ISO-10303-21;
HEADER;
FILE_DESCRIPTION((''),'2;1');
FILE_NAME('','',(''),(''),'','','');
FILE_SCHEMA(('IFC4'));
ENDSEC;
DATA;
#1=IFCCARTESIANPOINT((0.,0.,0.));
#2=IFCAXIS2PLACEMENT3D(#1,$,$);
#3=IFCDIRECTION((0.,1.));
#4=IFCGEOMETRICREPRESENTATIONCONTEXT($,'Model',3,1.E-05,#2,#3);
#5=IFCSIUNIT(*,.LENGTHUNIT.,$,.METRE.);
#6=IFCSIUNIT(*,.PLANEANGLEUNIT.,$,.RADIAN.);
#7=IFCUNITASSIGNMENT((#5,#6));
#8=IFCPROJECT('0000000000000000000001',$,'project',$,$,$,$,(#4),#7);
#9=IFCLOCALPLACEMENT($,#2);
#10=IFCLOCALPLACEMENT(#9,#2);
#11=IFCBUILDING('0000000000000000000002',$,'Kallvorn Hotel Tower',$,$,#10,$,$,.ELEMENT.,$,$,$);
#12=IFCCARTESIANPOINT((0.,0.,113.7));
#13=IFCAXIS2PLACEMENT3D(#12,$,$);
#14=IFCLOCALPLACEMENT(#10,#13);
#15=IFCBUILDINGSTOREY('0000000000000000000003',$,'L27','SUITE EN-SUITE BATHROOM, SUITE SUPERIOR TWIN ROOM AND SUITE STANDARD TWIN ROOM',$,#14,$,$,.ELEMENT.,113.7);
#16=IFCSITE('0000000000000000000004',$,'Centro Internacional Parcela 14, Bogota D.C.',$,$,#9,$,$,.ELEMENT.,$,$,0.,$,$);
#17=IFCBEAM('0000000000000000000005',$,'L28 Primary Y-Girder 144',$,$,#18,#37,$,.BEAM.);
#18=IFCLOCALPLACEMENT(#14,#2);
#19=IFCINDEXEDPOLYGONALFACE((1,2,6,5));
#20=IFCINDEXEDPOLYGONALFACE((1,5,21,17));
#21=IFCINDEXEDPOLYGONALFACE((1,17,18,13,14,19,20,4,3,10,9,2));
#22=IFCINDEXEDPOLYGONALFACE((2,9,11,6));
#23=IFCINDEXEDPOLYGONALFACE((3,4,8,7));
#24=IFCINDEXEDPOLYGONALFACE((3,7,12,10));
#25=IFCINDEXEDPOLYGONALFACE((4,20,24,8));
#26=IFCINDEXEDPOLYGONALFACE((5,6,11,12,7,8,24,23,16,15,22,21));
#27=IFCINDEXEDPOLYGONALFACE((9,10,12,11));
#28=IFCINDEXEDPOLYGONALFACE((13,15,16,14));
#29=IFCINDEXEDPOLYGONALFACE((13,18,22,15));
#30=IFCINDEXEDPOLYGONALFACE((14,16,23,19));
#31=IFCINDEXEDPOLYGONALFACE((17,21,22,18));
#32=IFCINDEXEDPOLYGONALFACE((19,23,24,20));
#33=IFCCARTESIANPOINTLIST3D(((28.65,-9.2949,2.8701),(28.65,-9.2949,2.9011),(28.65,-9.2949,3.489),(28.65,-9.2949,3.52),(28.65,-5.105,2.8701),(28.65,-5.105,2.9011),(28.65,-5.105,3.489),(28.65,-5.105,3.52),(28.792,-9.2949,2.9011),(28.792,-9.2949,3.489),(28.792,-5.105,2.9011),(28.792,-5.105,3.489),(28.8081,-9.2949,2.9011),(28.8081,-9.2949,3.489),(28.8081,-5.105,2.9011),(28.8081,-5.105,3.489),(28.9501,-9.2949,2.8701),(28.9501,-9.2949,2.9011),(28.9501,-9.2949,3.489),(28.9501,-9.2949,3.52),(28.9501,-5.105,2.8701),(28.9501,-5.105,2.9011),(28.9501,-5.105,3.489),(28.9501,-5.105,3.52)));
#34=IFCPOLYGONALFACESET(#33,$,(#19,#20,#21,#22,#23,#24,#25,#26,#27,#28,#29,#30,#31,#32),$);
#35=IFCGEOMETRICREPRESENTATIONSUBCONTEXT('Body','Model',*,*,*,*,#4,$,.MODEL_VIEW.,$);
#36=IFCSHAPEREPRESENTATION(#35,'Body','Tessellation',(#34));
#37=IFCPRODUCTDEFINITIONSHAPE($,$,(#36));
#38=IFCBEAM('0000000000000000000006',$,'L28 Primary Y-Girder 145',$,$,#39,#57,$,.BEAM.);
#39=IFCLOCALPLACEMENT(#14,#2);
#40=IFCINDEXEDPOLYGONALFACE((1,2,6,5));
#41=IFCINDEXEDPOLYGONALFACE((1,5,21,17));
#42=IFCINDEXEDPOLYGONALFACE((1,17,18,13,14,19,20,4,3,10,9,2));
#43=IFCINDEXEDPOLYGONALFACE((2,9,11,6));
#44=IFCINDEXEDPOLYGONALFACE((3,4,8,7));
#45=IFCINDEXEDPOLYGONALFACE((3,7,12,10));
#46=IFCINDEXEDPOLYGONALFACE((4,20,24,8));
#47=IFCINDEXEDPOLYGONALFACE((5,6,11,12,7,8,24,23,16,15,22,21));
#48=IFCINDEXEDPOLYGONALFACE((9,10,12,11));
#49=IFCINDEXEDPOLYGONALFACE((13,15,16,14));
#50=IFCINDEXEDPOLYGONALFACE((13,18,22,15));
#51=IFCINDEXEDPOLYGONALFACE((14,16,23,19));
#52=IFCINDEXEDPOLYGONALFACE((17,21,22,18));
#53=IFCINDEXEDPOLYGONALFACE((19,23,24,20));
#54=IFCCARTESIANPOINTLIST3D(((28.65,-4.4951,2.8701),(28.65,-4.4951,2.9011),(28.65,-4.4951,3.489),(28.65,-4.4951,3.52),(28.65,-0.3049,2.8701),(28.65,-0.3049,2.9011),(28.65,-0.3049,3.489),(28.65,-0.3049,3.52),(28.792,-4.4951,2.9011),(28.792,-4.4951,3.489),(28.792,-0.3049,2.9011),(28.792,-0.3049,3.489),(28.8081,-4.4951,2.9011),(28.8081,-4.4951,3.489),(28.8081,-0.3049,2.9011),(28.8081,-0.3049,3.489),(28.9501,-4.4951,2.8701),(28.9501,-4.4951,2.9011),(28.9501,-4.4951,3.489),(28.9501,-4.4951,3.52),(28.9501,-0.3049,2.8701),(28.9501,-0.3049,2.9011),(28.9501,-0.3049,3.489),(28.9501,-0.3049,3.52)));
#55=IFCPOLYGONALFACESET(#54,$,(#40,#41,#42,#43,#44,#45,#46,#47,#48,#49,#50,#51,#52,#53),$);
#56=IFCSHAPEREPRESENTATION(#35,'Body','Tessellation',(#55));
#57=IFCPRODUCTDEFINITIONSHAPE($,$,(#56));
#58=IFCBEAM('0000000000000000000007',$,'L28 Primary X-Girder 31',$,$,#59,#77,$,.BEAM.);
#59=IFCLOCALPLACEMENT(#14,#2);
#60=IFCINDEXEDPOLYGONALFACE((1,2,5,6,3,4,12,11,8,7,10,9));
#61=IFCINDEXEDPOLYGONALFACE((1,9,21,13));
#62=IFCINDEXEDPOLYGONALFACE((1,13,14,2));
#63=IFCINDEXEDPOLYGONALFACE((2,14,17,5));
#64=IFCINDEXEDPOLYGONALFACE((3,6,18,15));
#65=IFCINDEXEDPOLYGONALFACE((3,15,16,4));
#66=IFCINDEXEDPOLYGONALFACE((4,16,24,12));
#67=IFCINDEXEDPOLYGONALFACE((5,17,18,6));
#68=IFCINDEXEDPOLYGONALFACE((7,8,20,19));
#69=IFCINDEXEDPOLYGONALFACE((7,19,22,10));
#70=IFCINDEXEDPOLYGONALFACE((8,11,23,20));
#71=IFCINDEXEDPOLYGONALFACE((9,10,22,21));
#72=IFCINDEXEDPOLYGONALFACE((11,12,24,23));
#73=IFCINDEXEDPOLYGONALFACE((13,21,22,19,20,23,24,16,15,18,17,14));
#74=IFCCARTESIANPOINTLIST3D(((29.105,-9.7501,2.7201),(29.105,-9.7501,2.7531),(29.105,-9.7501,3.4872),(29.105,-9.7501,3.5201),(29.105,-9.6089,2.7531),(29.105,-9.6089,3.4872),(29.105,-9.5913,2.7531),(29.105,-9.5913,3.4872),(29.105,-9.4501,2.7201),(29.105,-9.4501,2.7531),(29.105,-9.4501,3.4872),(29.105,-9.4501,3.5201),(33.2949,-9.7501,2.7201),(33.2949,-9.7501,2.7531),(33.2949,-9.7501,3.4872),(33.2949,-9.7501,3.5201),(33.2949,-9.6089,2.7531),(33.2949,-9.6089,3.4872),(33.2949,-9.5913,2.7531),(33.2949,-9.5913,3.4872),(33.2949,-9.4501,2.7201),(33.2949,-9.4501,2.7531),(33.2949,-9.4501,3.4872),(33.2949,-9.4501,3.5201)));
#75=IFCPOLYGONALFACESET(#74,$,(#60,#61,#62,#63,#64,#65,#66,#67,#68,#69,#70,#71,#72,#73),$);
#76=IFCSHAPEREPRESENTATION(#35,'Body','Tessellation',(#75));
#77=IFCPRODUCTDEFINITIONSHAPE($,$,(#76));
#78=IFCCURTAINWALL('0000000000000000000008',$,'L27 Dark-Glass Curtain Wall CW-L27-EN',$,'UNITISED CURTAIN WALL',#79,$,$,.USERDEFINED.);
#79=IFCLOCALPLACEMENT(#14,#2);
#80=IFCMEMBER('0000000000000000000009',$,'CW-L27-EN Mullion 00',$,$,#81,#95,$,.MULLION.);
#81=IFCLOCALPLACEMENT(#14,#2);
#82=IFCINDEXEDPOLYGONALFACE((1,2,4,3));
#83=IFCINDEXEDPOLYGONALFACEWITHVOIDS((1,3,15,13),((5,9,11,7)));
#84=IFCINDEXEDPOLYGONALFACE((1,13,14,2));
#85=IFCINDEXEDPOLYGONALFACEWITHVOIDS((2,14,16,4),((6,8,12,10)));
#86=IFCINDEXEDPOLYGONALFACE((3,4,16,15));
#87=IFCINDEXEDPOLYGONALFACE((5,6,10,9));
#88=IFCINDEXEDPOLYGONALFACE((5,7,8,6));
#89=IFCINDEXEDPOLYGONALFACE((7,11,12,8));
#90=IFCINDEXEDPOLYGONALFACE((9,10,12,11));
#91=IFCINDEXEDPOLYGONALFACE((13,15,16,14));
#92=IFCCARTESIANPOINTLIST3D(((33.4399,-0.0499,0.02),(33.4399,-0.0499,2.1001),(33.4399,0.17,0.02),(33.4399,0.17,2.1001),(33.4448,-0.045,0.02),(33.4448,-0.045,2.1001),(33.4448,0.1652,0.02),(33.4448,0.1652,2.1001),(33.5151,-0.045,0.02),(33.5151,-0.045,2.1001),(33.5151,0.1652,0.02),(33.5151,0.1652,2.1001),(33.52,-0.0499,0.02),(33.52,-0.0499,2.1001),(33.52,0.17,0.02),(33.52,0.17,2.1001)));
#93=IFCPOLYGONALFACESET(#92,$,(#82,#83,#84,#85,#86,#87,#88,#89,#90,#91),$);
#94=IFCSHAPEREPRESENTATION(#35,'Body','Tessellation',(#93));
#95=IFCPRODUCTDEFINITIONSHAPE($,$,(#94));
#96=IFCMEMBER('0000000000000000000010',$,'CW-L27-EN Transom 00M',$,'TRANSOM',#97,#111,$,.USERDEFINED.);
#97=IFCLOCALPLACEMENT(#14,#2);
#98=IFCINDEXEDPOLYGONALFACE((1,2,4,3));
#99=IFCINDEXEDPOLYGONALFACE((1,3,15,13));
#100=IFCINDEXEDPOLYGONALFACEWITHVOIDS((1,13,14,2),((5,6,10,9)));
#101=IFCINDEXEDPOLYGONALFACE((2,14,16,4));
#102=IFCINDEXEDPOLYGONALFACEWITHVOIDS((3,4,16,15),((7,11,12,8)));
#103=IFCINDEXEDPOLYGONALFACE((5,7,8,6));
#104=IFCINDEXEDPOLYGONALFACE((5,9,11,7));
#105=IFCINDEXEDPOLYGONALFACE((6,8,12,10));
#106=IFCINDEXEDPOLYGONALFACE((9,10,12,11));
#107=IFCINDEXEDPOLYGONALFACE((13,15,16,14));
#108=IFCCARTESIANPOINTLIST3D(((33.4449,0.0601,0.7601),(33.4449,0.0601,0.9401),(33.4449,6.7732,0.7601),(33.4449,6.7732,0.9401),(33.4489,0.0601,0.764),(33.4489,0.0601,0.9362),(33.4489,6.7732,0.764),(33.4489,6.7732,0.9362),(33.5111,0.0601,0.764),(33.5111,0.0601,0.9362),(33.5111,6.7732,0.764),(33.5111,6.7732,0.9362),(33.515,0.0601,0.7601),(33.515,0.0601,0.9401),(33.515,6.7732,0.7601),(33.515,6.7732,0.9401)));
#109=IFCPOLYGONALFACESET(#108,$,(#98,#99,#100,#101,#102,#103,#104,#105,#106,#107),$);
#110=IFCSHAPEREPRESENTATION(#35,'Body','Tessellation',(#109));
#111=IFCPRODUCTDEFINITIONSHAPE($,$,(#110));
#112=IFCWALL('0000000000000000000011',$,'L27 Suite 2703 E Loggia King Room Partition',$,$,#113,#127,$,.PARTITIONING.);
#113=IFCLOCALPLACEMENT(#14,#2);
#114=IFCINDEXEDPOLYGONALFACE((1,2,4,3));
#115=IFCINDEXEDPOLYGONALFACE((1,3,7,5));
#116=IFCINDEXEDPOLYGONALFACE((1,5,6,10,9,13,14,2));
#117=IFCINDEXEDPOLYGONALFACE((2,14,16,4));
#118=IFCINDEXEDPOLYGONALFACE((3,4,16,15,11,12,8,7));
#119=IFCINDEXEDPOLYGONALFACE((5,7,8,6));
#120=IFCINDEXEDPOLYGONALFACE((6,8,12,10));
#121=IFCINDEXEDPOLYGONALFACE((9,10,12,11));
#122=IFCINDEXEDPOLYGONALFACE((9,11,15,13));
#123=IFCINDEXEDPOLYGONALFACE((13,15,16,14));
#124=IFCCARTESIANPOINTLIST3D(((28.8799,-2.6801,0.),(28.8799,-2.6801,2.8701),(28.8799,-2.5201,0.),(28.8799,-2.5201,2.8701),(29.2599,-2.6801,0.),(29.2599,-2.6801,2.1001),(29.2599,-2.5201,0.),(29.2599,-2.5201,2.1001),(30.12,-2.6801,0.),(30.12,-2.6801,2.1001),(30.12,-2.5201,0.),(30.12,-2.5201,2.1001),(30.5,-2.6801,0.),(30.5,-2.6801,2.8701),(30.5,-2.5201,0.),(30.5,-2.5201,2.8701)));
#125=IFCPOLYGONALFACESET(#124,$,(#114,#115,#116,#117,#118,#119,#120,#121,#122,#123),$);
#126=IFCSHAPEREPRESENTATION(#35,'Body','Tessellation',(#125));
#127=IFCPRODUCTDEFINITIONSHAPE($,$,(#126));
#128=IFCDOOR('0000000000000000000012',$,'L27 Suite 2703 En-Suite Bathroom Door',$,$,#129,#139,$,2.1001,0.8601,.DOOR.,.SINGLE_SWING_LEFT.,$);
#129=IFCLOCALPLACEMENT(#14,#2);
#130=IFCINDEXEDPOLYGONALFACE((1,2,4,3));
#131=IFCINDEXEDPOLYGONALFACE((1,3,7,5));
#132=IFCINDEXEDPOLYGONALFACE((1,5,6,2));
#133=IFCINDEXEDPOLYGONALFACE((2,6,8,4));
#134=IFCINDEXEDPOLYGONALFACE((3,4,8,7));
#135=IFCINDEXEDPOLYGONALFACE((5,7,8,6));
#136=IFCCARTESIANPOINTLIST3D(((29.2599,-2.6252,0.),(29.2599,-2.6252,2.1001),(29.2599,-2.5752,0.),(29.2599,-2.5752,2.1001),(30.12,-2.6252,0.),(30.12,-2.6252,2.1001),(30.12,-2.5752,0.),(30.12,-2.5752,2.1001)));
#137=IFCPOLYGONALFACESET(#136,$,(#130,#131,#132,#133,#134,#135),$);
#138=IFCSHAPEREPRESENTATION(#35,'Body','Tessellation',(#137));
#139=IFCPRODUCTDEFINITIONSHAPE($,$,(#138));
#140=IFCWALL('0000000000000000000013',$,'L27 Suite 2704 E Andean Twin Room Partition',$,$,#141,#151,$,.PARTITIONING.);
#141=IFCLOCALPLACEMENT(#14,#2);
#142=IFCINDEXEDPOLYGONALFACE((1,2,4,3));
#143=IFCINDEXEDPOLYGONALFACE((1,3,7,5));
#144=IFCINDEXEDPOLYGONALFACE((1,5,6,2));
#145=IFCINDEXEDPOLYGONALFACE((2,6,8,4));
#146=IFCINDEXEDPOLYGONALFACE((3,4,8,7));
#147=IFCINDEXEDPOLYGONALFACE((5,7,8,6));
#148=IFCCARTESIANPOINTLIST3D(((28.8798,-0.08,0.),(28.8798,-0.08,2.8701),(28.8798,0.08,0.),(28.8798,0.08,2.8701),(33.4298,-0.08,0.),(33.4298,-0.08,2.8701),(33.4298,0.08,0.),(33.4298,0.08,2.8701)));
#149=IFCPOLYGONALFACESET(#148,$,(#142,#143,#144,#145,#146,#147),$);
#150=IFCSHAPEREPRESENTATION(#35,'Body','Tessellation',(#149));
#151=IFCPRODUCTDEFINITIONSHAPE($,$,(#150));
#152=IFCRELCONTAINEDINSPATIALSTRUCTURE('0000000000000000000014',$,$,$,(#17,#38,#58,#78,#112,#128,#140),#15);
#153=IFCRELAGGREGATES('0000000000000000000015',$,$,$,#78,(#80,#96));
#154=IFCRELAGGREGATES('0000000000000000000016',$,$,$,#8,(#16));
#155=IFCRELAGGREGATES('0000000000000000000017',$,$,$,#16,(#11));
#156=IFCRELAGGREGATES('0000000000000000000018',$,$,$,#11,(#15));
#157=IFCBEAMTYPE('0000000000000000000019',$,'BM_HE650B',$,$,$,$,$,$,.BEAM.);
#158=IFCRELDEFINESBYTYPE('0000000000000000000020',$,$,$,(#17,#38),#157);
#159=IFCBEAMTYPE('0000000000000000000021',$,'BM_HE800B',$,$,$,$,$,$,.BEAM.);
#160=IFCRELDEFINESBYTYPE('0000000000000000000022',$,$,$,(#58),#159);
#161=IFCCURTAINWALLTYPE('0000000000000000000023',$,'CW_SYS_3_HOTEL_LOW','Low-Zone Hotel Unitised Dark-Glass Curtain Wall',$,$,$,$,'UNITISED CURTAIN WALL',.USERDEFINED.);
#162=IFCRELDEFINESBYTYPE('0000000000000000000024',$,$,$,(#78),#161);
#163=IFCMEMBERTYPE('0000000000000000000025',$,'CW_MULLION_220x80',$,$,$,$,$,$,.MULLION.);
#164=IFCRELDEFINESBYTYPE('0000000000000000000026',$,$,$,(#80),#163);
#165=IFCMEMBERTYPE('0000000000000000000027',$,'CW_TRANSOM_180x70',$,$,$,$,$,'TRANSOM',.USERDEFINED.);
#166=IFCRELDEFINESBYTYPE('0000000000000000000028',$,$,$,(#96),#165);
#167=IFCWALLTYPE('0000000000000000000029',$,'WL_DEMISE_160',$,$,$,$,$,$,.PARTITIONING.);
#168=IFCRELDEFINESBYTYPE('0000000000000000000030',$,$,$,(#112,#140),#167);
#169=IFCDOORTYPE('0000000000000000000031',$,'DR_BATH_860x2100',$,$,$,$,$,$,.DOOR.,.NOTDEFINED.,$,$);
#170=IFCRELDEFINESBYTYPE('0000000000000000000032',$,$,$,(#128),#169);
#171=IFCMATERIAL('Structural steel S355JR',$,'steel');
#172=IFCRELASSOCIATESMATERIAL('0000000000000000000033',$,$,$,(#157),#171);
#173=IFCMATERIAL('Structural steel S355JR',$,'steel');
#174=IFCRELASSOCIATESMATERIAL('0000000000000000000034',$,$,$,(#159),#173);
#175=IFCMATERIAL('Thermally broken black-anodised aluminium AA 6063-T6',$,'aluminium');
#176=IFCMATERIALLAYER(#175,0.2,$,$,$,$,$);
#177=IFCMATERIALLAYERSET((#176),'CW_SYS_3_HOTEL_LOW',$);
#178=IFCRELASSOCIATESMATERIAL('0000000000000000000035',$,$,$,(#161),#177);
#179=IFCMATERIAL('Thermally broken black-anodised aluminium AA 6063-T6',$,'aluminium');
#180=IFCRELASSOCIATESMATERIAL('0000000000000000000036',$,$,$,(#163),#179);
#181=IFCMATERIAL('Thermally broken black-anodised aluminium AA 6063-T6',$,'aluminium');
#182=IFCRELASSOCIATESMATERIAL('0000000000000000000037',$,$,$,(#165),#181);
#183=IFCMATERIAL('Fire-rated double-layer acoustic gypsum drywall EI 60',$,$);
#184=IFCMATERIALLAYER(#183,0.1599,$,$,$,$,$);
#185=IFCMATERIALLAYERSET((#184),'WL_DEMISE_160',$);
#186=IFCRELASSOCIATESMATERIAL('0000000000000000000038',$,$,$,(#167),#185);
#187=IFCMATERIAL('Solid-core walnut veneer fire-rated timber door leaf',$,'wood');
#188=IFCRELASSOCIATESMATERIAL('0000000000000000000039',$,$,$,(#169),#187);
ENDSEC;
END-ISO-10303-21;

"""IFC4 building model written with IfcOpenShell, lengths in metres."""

from ifc_helpers import new_model, si_unit, direction, frame, frame_2d, origin, origin_2d, place, context, subcontext, project, spatial, rectangle, hollow_rectangle, i_section, extrude, material, layer, layer_set, material_profile, profile_set, type_object, element, fill, aggregate, save


model = new_model("IFC4")

# Units and contexts
model_context = context("Model", 3, precision=1e-05, world=origin(), true_north=direction((0.0, 1.0)))
body_context = subcontext(model_context, "Body", "Model", "MODEL_VIEW")
ifc_project = project(units=[si_unit("LENGTHUNIT", "METRE"), si_unit("PLANEANGLEUNIT", "RADIAN")], contexts=[model_context])

# Site, building, storey
site_placement = place(None, origin())
site = spatial("IfcSite", under=ifc_project, at=site_placement, Name="Centro Internacional Parcela 14, Bogota D.C.", CompositionType="ELEMENT", RefElevation=0.0)
building_placement = place(site_placement, origin())
building = spatial("IfcBuilding", under=site, at=building_placement, Name="Kallvorn Hotel Tower", CompositionType="ELEMENT")
storey_placement = place(building_placement, frame((0.0, 0.0, 113.7)))
storey = spatial("IfcBuildingStorey", under=building, at=storey_placement, Name="L27", Description="SUITE EN-SUITE BATHROOM, SUITE SUPERIOR TWIN ROOM AND SUITE STANDARD TWIN ROOM", CompositionType="ELEMENT", Elevation=113.7)

# Beams
ifc_material_1 = material(Name="Structural steel S355JR", Category="steel")
ifc_material_profile_1 = material_profile(ifc_material_1, i_section(OverallWidth=0.3, OverallDepth=0.6499, WebThickness=0.0161, FlangeThickness=0.031, at=origin_2d()), Name="HE 650 B")
ifc_profile_set_1 = profile_set([ifc_material_profile_1], Name="Structural steel S355JR")
beam_type_1 = type_object("IfcBeamType", Name="BM_HE650B", PredefinedType="BEAM", material=ifc_profile_set_1)
beam_1_placement = place(storey_placement, frame((28.8, -9.2949, 3.1951), z_axis=(0.0, 1.0, 0.0), x_axis=(-1.0, 0.0, 0.0)))
element("IfcBeam", 1, at=beam_1_placement, inside=storey, type_object=beam_type_1, Name="L28 Primary Y-Girder 144", PredefinedType="BEAM", context=body_context, shape_type="SweptSolid", body=[
    extrude(i_section(OverallWidth=0.3, OverallDepth=0.6499, WebThickness=0.0161, FlangeThickness=0.031, at=origin_2d()), origin(), (0.0, 0.0, 1.0), 4.1899),
])
beam_2_placement = place(storey_placement, frame((28.8, -4.4951, 3.1951), z_axis=(0.0, 1.0, 0.0), x_axis=(-1.0, 0.0, 0.0)))
element("IfcBeam", 2, at=beam_2_placement, inside=storey, type_object=beam_type_1, Name="L28 Primary Y-Girder 145", PredefinedType="BEAM", context=body_context, shape_type="SweptSolid", body=[
    extrude(i_section(OverallWidth=0.3, OverallDepth=0.6499, WebThickness=0.0161, FlangeThickness=0.031, at=origin_2d()), origin(), (0.0, 0.0, 1.0), 4.1902),
])
ifc_material_2 = material(Name="Structural steel S355JR", Category="steel")
ifc_material_profile_2 = material_profile(ifc_material_2, i_section(OverallWidth=0.3, OverallDepth=0.8, WebThickness=0.0176, FlangeThickness=0.033, at=origin_2d()), Name="HE 800 B")
ifc_profile_set_2 = profile_set([ifc_material_profile_2], Name="Structural steel S355JR")
beam_type_2 = type_object("IfcBeamType", Name="BM_HE800B", PredefinedType="BEAM", material=ifc_profile_set_2)
beam_3_placement = place(storey_placement, frame((29.105, -9.6001, 3.1201), z_axis=(1.0, 0.0, 0.0), x_axis=(0.0, 1.0, 0.0)))
element("IfcBeam", 3, at=beam_3_placement, inside=storey, type_object=beam_type_2, Name="L28 Primary X-Girder 31", PredefinedType="BEAM", context=body_context, shape_type="SweptSolid", body=[
    extrude(i_section(OverallWidth=0.3, OverallDepth=0.8, WebThickness=0.0176, FlangeThickness=0.033, at=origin_2d()), origin(), (0.0, 0.0, 1.0), 4.1899),
])

# Curtain wall, members
ifc_material_3 = material(Name="Thermally broken black-anodised aluminium AA 6063-T6", Category="aluminium")
ifc_layer_1 = layer(ifc_material_3, 0.2)
ifc_layer_set_1 = layer_set([ifc_layer_1], Name="CW_SYS_3_HOTEL_LOW")
curtain_wall_type = type_object("IfcCurtainWallType", Name="CW_SYS_3_HOTEL_LOW", Description="Low-Zone Hotel Unitised Dark-Glass Curtain Wall", ElementType="UNITISED CURTAIN WALL", PredefinedType="USERDEFINED", material=ifc_layer_set_1)
curtain_wall_placement = place(storey_placement, origin())
curtain_wall = element("IfcCurtainWall", 4, at=curtain_wall_placement, inside=storey, type_object=curtain_wall_type, Name="L27 Dark-Glass Curtain Wall CW-L27-EN", ObjectType="UNITISED CURTAIN WALL", PredefinedType="USERDEFINED")
ifc_material_4 = material(Name="Thermally broken black-anodised aluminium AA 6063-T6", Category="aluminium")
ifc_material_profile_3 = material_profile(ifc_material_4, hollow_rectangle(XDim=0.0801, YDim=0.22, WallThickness=0.0049, at=origin_2d()), Name="MUL 220x80")
ifc_profile_set_3 = profile_set([ifc_material_profile_3], Name="Thermally broken black-anodised aluminium AA 6063-T6")
member_type_1 = type_object("IfcMemberType", Name="CW_MULLION_220x80", PredefinedType="MULLION", material=ifc_profile_set_3)
member_1_placement = place(storey_placement, frame((33.48, 0.0601, 0.02), z_axis=(0.0, 0.0, 1.0), x_axis=(1.0, 0.0, 0.0)))
member_1 = element("IfcMember", 5, at=member_1_placement, type_object=member_type_1, Name="CW-L27-EN Mullion 00", PredefinedType="MULLION", context=body_context, shape_type="SweptSolid", body=[
    extrude(hollow_rectangle(XDim=0.0801, YDim=0.22, WallThickness=0.0049, at=origin_2d()), origin(), (0.0, 0.0, 1.0), 2.0801),
])
ifc_material_5 = material(Name="Thermally broken black-anodised aluminium AA 6063-T6", Category="aluminium")
ifc_material_profile_4 = material_profile(ifc_material_5, hollow_rectangle(XDim=0.0701, YDim=0.1799, WallThickness=0.0039, at=origin_2d()), Name="TRN 180x70")
ifc_profile_set_4 = profile_set([ifc_material_profile_4], Name="Thermally broken black-anodised aluminium AA 6063-T6")
member_type_2 = type_object("IfcMemberType", Name="CW_TRANSOM_180x70", ElementType="TRANSOM", PredefinedType="USERDEFINED", material=ifc_profile_set_4)
member_2_placement = place(storey_placement, frame((33.48, 0.0601, 0.8501), z_axis=(0.0, 1.0, 0.0), x_axis=(-1.0, 0.0, 0.0)))
member_2 = element("IfcMember", 6, at=member_2_placement, type_object=member_type_2, Name="CW-L27-EN Transom 00M", ObjectType="TRANSOM", PredefinedType="USERDEFINED", context=body_context, shape_type="SweptSolid", body=[
    extrude(hollow_rectangle(XDim=0.0701, YDim=0.1799, WallThickness=0.0039, at=origin_2d()), origin(), (0.0, 0.0, 1.0), 6.7131),
])
aggregate(curtain_wall, [member_1, member_2])

# Wall, opening, door
ifc_material_6 = material(Name="Fire-rated double-layer acoustic gypsum drywall EI 60")
ifc_layer_2 = layer(ifc_material_6, 0.1599)
ifc_layer_set_2 = layer_set([ifc_layer_2], Name="WL_DEMISE_160")
wall_type = type_object("IfcWallType", Name="WL_DEMISE_160", PredefinedType="PARTITIONING", material=ifc_layer_set_2)
wall_1_placement = place(storey_placement, frame((28.8799, -2.6001, 0.0), z_axis=(0.0, 0.0, 1.0), x_axis=(1.0, 0.0, 0.0)))
wall_1 = element("IfcWall", 7, at=wall_1_placement, inside=storey, type_object=wall_type, Name="L27 Suite 2703 E Loggia King Room Partition", PredefinedType="PARTITIONING", context=body_context, shape_type="SweptSolid", body=[
    extrude(rectangle(XDim=1.6201, YDim=0.1599, at=frame_2d((0.8101, 0.0))), origin(), (0.0, 0.0, 1.0), 2.8701),
])
opening_1_placement = place(wall_1_placement, frame((0.3799, 0.0, 0.0)))
opening_1 = element("IfcOpeningElement", 8, at=opening_1_placement, cuts=wall_1, PredefinedType="OPENING", context=body_context, shape_type="SweptSolid", body=[
    extrude(rectangle(XDim=0.8601, YDim=2.1001, at=frame_2d((0.4302, 1.05))), frame((0.0, 0.095, 0.0), z_axis=(0.0, -1.0, 0.0), x_axis=(1.0, 0.0, 0.0)), (0.0, 0.0, 1.0), 0.1899),
])
ifc_material_7 = material(Name="Solid-core walnut veneer fire-rated timber door leaf", Category="wood")
door_type_1 = type_object("IfcDoorType", Name="DR_BATH_860x2100", OperationType="NOTDEFINED", PredefinedType="DOOR", material=ifc_material_7)
door_1_placement = place(opening_1_placement, origin())
door_1 = element("IfcDoor", 9, at=door_1_placement, inside=storey, type_object=door_type_1, Name="L27 Suite 2703 En-Suite Bathroom Door", OperationType="SINGLE_SWING_LEFT", OverallHeight=2.1001, OverallWidth=0.8601, PredefinedType="DOOR", context=body_context, shape_type="SweptSolid", body=[
    extrude(rectangle(XDim=0.8601, YDim=2.1001, at=frame_2d((0.4302, 1.05))), frame((0.0, 0.0249, 0.0), z_axis=(0.0, -1.0, 0.0), x_axis=(1.0, 0.0, 0.0)), (0.0, 0.0, 1.0), 0.05),
])
fill(opening_1, door_1)

# Wall
wall_2_placement = place(storey_placement, frame((28.8799, 0.0, 0.0), z_axis=(0.0, 0.0, 1.0), x_axis=(1.0, 0.0, 0.0)))
element("IfcWall", 10, at=wall_2_placement, inside=storey, type_object=wall_type, Name="L27 Suite 2704 E Andean Twin Room Partition", PredefinedType="PARTITIONING", context=body_context, shape_type="SweptSolid", body=[
    extrude(rectangle(XDim=4.55, YDim=0.1599, at=frame_2d((2.2749, 0.0))), origin(), (0.0, 0.0, 1.0), 2.8701),
])

save(model, "model.ifc")
